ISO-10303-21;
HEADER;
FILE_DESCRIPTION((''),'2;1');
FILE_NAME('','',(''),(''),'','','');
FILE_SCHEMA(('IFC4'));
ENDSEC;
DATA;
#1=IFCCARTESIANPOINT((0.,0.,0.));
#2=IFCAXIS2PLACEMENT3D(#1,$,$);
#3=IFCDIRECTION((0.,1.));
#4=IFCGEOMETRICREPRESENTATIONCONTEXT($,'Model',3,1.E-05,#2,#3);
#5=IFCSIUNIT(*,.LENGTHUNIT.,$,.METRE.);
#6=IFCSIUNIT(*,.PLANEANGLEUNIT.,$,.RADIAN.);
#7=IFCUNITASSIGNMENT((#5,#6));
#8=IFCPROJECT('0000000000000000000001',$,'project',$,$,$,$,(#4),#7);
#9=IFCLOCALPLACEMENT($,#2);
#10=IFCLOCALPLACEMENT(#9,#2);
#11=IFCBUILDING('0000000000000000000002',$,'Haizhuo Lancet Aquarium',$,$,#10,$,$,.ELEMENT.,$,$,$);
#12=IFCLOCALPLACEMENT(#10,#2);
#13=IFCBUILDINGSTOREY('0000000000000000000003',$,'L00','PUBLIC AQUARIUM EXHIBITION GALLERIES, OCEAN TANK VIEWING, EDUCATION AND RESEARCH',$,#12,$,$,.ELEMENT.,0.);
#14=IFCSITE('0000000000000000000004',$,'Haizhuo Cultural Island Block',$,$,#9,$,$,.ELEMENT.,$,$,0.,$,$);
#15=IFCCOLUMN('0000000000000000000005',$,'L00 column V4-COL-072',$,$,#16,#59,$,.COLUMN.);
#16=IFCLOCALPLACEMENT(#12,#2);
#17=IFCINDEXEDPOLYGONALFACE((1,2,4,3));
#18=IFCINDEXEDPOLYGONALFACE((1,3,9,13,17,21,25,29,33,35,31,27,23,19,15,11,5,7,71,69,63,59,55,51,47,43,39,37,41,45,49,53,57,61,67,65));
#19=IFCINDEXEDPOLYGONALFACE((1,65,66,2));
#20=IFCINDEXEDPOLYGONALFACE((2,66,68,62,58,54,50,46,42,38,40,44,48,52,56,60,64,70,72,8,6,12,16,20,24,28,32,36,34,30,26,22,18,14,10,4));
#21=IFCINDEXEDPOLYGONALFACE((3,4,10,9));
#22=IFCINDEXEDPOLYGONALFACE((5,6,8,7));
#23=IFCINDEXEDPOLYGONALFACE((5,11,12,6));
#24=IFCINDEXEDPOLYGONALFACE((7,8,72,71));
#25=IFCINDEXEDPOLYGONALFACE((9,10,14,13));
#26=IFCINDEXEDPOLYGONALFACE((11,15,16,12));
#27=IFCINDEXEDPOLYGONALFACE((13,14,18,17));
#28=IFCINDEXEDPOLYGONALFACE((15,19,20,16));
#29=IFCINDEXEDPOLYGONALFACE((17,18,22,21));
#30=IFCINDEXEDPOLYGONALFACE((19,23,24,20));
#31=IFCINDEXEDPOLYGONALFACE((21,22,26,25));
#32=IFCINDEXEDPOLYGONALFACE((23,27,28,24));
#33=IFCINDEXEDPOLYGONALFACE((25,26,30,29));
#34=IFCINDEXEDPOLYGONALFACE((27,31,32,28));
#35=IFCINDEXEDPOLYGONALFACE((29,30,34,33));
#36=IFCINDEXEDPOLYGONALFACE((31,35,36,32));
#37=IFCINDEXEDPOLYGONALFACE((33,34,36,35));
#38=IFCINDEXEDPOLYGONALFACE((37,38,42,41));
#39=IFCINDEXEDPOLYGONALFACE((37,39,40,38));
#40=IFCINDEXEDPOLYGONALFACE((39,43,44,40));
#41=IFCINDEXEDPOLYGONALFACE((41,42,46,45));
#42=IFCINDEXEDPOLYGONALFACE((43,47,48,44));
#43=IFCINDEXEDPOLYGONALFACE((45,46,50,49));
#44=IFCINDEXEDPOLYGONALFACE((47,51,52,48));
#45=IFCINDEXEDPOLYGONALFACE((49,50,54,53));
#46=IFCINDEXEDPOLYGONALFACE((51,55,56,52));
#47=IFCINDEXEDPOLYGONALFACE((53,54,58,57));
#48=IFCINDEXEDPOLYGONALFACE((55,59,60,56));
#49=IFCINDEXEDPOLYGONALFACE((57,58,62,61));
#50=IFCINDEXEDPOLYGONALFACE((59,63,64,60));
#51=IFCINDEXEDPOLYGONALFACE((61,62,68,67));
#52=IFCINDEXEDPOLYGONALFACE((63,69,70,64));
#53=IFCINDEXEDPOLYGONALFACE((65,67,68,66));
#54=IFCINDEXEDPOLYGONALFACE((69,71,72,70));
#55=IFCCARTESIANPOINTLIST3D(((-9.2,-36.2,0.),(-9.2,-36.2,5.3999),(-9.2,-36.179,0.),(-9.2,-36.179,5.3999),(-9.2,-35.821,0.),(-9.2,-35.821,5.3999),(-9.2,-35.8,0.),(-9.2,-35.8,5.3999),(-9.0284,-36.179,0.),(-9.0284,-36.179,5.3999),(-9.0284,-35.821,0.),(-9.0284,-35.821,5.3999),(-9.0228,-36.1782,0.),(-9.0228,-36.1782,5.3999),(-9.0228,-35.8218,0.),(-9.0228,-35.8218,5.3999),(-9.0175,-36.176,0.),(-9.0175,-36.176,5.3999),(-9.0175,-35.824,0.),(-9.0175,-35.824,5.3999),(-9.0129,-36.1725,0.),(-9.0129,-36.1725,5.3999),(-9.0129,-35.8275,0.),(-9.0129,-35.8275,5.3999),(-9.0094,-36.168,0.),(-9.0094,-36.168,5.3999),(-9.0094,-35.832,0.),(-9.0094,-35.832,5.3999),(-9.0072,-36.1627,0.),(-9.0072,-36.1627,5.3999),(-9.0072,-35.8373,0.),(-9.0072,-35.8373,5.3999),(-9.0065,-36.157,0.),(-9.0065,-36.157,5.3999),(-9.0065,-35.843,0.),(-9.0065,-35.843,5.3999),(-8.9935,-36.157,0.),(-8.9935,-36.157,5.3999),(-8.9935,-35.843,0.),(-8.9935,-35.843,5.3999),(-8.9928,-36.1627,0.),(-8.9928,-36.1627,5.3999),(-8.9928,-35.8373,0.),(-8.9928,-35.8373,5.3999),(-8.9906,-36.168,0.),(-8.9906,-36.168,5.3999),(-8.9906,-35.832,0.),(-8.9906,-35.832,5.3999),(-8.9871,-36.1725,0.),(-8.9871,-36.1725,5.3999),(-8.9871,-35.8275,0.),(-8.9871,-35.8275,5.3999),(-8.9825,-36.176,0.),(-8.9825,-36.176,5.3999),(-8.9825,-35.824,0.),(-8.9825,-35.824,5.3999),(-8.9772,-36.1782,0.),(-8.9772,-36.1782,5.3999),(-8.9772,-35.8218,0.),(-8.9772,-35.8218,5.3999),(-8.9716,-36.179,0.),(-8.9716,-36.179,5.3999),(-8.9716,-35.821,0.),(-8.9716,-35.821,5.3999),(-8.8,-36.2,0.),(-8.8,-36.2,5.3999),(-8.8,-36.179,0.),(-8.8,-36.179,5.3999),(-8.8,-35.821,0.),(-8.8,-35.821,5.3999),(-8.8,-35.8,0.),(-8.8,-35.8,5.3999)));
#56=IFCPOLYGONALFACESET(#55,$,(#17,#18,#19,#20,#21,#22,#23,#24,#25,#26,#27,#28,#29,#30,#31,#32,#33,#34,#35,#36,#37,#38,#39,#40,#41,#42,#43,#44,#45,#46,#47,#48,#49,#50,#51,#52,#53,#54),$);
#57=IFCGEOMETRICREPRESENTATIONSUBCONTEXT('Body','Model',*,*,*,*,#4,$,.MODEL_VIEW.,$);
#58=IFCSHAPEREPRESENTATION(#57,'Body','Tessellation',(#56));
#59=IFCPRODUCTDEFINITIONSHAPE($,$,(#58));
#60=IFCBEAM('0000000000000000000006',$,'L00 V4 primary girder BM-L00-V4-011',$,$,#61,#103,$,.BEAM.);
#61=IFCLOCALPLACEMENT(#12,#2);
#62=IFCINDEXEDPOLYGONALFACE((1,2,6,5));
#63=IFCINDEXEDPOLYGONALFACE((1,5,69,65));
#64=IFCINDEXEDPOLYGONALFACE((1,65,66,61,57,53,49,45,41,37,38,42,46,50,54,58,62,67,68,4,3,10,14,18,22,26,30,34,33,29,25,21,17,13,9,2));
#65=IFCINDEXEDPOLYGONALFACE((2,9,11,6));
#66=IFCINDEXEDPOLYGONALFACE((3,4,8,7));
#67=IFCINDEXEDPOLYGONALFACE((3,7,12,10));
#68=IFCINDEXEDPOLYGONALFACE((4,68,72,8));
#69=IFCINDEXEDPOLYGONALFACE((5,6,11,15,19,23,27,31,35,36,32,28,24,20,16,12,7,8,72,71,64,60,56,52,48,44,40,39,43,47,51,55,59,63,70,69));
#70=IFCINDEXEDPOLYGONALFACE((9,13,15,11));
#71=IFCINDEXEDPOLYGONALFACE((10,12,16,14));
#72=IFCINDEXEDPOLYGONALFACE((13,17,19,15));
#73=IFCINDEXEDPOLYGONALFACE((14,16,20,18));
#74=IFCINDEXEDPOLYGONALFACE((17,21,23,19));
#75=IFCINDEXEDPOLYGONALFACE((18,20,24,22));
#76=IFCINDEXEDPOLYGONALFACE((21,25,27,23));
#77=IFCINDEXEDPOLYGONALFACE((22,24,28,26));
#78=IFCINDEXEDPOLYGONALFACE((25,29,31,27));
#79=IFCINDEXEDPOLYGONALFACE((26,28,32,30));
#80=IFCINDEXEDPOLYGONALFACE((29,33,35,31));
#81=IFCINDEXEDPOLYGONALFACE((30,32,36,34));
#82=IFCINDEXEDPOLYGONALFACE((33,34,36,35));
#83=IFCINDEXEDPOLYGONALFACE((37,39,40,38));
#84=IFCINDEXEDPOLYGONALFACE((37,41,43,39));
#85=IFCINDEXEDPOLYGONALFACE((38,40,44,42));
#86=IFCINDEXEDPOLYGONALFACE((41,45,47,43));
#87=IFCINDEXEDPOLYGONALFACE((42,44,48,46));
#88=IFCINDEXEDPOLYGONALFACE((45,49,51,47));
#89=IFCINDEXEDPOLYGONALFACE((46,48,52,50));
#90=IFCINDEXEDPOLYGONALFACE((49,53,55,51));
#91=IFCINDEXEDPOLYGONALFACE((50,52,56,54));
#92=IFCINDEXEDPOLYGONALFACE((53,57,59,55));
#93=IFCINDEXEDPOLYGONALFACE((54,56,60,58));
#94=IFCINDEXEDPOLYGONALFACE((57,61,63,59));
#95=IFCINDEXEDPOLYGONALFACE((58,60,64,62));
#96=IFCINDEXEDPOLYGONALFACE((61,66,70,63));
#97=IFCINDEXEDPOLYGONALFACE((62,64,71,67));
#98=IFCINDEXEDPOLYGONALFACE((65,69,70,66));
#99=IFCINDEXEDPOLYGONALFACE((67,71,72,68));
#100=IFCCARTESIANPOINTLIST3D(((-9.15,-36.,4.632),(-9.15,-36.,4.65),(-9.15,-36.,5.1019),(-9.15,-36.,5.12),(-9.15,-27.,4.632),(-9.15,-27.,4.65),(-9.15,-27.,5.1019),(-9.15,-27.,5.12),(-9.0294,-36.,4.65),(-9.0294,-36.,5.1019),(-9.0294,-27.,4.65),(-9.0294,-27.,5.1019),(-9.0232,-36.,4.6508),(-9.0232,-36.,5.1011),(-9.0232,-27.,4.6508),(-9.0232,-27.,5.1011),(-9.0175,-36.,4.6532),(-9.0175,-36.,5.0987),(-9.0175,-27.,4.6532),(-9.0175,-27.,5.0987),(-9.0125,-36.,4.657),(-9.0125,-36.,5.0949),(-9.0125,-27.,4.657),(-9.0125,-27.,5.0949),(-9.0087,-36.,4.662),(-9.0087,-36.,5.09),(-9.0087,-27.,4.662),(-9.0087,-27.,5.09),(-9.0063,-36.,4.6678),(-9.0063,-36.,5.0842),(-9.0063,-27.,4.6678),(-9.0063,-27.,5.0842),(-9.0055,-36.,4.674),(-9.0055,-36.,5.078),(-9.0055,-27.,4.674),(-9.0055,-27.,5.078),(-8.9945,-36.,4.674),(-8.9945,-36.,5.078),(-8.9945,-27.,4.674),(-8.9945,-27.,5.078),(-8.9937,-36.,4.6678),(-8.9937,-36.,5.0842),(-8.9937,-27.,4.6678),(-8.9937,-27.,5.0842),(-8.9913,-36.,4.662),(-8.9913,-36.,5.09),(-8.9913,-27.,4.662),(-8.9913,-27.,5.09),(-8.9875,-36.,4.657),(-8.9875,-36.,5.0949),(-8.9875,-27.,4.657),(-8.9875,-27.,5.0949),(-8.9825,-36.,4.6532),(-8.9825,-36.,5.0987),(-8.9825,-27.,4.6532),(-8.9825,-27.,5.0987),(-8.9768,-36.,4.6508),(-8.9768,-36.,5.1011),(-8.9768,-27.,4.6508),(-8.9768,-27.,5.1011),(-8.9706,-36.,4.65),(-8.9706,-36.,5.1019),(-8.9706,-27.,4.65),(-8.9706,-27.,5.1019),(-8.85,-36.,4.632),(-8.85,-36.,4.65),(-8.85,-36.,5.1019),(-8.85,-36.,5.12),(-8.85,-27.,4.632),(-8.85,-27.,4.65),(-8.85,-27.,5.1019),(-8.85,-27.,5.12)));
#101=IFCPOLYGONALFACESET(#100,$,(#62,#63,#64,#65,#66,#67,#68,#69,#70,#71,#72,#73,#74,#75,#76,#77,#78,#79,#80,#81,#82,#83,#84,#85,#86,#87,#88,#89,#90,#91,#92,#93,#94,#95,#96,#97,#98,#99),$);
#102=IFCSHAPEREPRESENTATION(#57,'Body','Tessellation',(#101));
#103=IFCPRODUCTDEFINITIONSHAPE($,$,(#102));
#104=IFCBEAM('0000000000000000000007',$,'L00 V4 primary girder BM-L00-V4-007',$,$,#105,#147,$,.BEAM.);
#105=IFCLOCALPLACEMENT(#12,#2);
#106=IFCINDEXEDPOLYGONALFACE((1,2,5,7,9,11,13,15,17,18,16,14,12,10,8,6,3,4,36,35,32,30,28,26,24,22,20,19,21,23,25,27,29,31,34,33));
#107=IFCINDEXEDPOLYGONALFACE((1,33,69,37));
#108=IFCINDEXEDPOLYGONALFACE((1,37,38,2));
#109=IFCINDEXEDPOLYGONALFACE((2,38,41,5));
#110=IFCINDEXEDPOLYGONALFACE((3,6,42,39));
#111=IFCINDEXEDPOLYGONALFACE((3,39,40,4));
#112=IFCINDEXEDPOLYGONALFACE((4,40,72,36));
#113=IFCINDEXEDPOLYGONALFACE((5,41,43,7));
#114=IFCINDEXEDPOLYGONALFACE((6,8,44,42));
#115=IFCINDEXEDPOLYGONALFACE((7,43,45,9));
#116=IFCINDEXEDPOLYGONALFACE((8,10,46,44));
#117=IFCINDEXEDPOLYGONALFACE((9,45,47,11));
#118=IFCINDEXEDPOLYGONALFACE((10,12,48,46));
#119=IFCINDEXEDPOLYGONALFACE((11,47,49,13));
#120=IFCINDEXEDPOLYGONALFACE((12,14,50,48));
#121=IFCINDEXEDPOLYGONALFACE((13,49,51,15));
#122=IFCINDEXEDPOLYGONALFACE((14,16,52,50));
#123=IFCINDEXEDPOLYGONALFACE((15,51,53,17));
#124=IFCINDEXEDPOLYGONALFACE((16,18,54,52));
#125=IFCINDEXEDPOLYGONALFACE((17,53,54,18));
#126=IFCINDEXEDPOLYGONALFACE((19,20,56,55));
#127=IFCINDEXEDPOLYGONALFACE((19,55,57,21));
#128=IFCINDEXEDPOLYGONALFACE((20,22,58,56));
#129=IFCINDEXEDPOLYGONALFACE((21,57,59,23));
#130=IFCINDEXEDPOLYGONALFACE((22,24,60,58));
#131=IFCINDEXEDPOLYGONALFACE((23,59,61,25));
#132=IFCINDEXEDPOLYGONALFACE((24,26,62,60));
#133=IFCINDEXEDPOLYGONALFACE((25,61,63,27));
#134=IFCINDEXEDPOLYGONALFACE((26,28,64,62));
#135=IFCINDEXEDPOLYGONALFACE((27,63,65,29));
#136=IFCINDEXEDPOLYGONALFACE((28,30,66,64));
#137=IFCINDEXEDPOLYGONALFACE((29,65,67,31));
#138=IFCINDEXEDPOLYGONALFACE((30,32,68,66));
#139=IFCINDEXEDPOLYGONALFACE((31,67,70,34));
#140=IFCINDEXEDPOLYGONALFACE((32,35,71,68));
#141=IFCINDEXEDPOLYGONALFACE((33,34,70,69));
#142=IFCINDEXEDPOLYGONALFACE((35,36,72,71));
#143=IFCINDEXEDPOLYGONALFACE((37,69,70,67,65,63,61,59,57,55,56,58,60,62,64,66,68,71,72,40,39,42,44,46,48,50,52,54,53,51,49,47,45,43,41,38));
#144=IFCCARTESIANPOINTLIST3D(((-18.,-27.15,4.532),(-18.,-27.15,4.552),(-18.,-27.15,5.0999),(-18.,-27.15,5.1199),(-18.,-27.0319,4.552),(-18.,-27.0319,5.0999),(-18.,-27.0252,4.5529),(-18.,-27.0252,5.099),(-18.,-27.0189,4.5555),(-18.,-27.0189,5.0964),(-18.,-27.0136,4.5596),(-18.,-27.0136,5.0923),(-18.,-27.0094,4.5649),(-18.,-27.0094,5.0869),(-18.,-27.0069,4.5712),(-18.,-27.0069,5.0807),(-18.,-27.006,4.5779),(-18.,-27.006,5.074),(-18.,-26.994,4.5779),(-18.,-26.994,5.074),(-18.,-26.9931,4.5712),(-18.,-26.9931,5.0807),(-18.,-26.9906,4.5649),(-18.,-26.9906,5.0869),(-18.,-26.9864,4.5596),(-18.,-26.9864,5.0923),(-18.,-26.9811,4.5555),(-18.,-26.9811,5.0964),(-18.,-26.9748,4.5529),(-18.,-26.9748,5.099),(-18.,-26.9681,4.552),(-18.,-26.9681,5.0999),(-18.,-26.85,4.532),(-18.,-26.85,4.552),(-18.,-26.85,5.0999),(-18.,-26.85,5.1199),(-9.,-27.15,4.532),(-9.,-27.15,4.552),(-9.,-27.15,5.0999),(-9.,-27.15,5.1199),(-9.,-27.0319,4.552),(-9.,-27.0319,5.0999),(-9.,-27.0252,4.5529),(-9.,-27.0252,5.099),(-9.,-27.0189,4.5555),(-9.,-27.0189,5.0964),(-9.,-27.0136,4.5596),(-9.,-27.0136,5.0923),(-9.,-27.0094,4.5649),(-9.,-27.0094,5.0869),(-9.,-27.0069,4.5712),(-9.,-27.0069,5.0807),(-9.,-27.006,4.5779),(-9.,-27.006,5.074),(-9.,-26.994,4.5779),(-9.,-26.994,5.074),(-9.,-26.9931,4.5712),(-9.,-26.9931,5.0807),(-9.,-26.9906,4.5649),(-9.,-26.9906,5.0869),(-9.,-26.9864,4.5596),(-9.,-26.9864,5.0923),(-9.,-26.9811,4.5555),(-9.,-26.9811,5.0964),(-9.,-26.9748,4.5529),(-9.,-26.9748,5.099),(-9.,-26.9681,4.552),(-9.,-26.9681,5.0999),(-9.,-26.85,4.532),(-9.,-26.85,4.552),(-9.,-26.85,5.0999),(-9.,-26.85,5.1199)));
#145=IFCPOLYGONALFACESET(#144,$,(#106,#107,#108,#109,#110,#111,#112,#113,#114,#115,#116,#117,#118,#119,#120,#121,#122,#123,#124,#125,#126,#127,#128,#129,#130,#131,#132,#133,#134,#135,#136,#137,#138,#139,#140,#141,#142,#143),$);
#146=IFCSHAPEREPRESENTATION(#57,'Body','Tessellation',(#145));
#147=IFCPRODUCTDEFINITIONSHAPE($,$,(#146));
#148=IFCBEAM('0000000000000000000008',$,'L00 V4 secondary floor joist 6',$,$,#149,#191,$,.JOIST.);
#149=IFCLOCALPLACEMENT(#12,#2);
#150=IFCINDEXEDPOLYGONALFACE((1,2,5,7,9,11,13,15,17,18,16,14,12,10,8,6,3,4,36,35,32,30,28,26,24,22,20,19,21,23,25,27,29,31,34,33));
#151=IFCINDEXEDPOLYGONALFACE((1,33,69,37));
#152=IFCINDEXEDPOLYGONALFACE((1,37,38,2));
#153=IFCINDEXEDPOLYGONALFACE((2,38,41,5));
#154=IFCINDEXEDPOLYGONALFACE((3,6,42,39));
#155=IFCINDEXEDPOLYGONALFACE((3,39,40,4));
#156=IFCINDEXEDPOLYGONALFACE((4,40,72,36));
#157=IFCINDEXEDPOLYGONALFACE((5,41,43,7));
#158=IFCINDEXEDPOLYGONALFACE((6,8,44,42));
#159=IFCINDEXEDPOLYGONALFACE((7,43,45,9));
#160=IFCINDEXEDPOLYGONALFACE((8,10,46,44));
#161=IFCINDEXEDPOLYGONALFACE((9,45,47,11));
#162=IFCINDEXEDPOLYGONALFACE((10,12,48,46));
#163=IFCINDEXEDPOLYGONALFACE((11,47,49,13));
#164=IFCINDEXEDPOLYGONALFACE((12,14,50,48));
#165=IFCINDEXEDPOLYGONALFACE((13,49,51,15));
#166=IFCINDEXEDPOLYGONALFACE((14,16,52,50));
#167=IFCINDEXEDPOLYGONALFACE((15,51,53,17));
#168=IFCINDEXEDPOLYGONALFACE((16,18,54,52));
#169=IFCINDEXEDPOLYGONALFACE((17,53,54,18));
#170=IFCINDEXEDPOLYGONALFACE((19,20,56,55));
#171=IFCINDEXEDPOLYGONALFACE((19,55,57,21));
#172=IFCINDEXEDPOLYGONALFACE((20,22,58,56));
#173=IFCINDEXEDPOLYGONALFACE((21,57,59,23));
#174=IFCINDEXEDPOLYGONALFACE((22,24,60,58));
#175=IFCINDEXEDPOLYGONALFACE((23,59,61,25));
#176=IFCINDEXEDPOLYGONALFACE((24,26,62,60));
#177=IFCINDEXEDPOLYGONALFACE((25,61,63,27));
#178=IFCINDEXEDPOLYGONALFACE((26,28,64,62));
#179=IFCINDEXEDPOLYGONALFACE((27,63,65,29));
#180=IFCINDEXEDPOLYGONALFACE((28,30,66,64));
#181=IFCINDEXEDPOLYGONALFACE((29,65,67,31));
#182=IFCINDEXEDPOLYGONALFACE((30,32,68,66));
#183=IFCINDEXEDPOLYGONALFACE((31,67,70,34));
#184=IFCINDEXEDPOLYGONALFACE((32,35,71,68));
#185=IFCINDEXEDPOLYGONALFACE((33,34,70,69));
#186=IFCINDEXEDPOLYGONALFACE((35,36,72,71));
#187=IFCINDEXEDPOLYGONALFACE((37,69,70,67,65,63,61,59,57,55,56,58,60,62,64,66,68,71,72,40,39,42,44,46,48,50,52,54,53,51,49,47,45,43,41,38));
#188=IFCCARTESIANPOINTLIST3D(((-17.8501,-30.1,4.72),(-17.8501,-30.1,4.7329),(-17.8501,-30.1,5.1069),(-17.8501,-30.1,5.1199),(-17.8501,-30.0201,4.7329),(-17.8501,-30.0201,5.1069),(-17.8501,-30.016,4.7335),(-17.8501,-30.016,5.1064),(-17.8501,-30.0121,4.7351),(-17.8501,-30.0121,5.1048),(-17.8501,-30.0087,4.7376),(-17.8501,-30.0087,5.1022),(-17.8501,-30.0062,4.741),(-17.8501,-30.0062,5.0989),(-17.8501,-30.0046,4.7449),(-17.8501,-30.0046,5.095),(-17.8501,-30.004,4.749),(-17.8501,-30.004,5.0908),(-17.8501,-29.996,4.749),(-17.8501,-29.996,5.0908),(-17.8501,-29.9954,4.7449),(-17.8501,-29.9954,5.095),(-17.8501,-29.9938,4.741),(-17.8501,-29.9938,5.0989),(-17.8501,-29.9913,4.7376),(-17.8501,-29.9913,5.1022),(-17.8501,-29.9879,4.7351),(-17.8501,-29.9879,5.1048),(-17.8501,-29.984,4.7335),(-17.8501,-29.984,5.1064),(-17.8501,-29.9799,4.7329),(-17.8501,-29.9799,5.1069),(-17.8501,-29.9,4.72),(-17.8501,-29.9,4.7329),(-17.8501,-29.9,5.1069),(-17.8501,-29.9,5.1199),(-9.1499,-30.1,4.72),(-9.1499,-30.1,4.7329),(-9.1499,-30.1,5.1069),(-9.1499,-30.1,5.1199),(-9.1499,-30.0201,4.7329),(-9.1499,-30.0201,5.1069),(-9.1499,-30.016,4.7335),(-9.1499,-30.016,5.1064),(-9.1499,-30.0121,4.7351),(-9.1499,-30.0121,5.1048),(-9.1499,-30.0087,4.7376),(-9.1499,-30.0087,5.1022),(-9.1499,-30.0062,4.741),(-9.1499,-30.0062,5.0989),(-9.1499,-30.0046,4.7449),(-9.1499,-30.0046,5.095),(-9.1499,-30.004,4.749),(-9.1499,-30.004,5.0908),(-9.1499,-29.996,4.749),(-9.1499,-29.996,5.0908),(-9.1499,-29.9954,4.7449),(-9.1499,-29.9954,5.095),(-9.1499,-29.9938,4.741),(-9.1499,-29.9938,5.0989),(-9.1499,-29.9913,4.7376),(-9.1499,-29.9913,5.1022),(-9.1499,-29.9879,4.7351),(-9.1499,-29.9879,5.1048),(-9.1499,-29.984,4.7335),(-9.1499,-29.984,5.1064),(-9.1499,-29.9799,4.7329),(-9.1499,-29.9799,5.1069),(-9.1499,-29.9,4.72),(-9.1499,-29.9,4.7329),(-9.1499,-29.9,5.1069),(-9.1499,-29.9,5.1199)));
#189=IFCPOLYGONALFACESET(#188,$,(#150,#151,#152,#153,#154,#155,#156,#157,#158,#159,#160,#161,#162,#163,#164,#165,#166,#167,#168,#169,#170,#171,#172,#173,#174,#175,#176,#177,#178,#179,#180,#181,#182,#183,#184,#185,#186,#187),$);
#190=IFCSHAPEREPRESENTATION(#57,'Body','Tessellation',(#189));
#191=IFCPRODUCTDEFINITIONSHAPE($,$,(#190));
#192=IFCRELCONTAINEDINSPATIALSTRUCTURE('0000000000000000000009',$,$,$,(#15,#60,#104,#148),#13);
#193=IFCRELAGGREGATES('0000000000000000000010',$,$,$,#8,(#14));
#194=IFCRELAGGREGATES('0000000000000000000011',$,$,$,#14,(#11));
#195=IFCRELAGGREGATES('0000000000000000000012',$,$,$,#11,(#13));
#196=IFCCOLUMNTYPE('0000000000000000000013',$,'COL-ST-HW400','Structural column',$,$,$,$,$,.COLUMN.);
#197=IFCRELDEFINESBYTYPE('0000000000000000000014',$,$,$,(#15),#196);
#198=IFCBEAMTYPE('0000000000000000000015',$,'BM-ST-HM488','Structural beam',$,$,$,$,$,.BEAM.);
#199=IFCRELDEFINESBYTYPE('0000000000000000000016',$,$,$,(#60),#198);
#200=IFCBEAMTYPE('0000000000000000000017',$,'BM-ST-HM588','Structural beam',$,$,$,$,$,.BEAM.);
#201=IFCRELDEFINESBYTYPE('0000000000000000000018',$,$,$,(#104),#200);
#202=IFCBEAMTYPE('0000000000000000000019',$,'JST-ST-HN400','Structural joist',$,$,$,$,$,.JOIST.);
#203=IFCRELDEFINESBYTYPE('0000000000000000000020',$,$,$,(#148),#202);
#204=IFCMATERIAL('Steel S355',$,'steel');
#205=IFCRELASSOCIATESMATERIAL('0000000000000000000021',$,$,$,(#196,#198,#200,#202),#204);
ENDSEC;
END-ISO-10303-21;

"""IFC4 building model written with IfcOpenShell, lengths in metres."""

from ifc_helpers import new_model, si_unit, direction, frame, origin, origin_2d, place, context, subcontext, project, spatial, i_section, extrude, material, material_profile, profile_set, type_object, element, save


model = new_model("IFC4")

# Units and contexts
model_context = context("Model", 3, precision=1e-05, world=origin(), true_north=direction((0.0, 1.0)))
body_context = subcontext(model_context, "Body", "Model", "MODEL_VIEW")
ifc_project = project(units=[si_unit("LENGTHUNIT", "METRE"), si_unit("PLANEANGLEUNIT", "RADIAN")], contexts=[model_context])

# Site, building, storey
site_placement = place(None, origin())
site = spatial("IfcSite", under=ifc_project, at=site_placement, Name="Haizhuo Cultural Island Block", CompositionType="ELEMENT", RefElevation=0.0)
building_placement = place(site_placement, origin())
building = spatial("IfcBuilding", under=site, at=building_placement, Name="Haizhuo Lancet Aquarium", CompositionType="ELEMENT")
storey_placement = place(building_placement, origin())
storey = spatial("IfcBuildingStorey", under=building, at=storey_placement, Name="L00", Description="PUBLIC AQUARIUM EXHIBITION GALLERIES, OCEAN TANK VIEWING, EDUCATION AND RESEARCH", CompositionType="ELEMENT", Elevation=0.0)

# Column
ifc_material_1 = material(Name="Steel S355", Category="steel")
ifc_material_profile_1 = material_profile(ifc_material_1, i_section(OverallWidth=0.3999, OverallDepth=0.3999, WebThickness=0.0129, FlangeThickness=0.021, FilletRadius=0.022, at=origin_2d()), Name="HW 400x400x13x21")
ifc_profile_set_1 = profile_set([ifc_material_profile_1], Name="Steel S355")
column_type = type_object("IfcColumnType", Name="COL-ST-HW400", Description="Structural column", PredefinedType="COLUMN", material=ifc_profile_set_1)
column_placement = place(storey_placement, frame((-9.0, -36.0, 0.0), z_axis=(0.0, 0.0, 1.0), x_axis=(1.0, 0.0, 0.0)))
element("IfcColumn", 1, at=column_placement, inside=storey, type_object=column_type, Name="L00 column V4-COL-072", PredefinedType="COLUMN", context=body_context, shape_type="SweptSolid", body=[
    extrude(i_section(OverallWidth=0.3999, OverallDepth=0.3999, WebThickness=0.0129, FlangeThickness=0.021, FilletRadius=0.022, at=origin_2d()), origin(), (0.0, 0.0, 1.0), 5.3999),
])

# Beams
ifc_material_profile_2 = material_profile(ifc_material_1, i_section(OverallWidth=0.3, OverallDepth=0.488, WebThickness=0.011, FlangeThickness=0.0181, FilletRadius=0.0239, at=origin_2d()), Name="HM 488x300x11x18")
ifc_profile_set_2 = profile_set([ifc_material_profile_2], Name="Steel S355")
beam_type_1 = type_object("IfcBeamType", Name="BM-ST-HM488", Description="Structural beam", PredefinedType="BEAM", material=ifc_profile_set_2)
beam_1_placement = place(storey_placement, frame((-9.0, -36.0, 4.876), z_axis=(0.0, 1.0, 0.0), x_axis=(-1.0, 0.0, 0.0)))
element("IfcBeam", 2, at=beam_1_placement, inside=storey, type_object=beam_type_1, Name="L00 V4 primary girder BM-L00-V4-011", PredefinedType="BEAM", context=body_context, shape_type="SweptSolid", body=[
    extrude(i_section(OverallWidth=0.3, OverallDepth=0.488, WebThickness=0.011, FlangeThickness=0.0181, FilletRadius=0.0239, at=origin_2d()), origin(), (0.0, 0.0, 1.0), 9.0),
])
ifc_material_profile_3 = material_profile(ifc_material_1, i_section(OverallWidth=0.3, OverallDepth=0.5879, WebThickness=0.012, FlangeThickness=0.02, FilletRadius=0.0259, at=origin_2d()), Name="HM 588x300x12x20")
ifc_profile_set_3 = profile_set([ifc_material_profile_3], Name="Steel S355")
beam_type_2 = type_object("IfcBeamType", Name="BM-ST-HM588", Description="Structural beam", PredefinedType="BEAM", material=ifc_profile_set_3)
beam_2_placement = place(storey_placement, frame((-18.0, -27.0, 4.8259), z_axis=(1.0, 0.0, 0.0), x_axis=(0.0, 1.0, 0.0)))
element("IfcBeam", 3, at=beam_2_placement, inside=storey, type_object=beam_type_2, Name="L00 V4 primary girder BM-L00-V4-007", PredefinedType="BEAM", context=body_context, shape_type="SweptSolid", body=[
    extrude(i_section(OverallWidth=0.3, OverallDepth=0.5879, WebThickness=0.012, FlangeThickness=0.02, FilletRadius=0.0259, at=origin_2d()), origin(), (0.0, 0.0, 1.0), 9.0),
])
ifc_material_profile_4 = material_profile(ifc_material_1, i_section(OverallWidth=0.2, OverallDepth=0.3999, WebThickness=0.0081, FlangeThickness=0.0129, FilletRadius=0.0161, at=origin_2d()), Name="HN 400x200x8x13")
ifc_profile_set_4 = profile_set([ifc_material_profile_4], Name="Steel S355")
beam_type_3 = type_object("IfcBeamType", Name="JST-ST-HN400", Description="Structural joist", PredefinedType="JOIST", material=ifc_profile_set_4)
beam_3_placement = place(storey_placement, frame((-17.8501, -30.0, 4.9199), z_axis=(1.0, 0.0, 0.0), x_axis=(0.0, 1.0, 0.0)))
element("IfcBeam", 4, at=beam_3_placement, inside=storey, type_object=beam_type_3, Name="L00 V4 secondary floor joist 6", PredefinedType="JOIST", context=body_context, shape_type="SweptSolid", body=[
    extrude(i_section(OverallWidth=0.2, OverallDepth=0.3999, WebThickness=0.0081, FlangeThickness=0.0129, FilletRadius=0.0161, at=origin_2d()), origin(), (0.0, 0.0, 1.0), 8.7002),
])

save(model, "model.ifc")
